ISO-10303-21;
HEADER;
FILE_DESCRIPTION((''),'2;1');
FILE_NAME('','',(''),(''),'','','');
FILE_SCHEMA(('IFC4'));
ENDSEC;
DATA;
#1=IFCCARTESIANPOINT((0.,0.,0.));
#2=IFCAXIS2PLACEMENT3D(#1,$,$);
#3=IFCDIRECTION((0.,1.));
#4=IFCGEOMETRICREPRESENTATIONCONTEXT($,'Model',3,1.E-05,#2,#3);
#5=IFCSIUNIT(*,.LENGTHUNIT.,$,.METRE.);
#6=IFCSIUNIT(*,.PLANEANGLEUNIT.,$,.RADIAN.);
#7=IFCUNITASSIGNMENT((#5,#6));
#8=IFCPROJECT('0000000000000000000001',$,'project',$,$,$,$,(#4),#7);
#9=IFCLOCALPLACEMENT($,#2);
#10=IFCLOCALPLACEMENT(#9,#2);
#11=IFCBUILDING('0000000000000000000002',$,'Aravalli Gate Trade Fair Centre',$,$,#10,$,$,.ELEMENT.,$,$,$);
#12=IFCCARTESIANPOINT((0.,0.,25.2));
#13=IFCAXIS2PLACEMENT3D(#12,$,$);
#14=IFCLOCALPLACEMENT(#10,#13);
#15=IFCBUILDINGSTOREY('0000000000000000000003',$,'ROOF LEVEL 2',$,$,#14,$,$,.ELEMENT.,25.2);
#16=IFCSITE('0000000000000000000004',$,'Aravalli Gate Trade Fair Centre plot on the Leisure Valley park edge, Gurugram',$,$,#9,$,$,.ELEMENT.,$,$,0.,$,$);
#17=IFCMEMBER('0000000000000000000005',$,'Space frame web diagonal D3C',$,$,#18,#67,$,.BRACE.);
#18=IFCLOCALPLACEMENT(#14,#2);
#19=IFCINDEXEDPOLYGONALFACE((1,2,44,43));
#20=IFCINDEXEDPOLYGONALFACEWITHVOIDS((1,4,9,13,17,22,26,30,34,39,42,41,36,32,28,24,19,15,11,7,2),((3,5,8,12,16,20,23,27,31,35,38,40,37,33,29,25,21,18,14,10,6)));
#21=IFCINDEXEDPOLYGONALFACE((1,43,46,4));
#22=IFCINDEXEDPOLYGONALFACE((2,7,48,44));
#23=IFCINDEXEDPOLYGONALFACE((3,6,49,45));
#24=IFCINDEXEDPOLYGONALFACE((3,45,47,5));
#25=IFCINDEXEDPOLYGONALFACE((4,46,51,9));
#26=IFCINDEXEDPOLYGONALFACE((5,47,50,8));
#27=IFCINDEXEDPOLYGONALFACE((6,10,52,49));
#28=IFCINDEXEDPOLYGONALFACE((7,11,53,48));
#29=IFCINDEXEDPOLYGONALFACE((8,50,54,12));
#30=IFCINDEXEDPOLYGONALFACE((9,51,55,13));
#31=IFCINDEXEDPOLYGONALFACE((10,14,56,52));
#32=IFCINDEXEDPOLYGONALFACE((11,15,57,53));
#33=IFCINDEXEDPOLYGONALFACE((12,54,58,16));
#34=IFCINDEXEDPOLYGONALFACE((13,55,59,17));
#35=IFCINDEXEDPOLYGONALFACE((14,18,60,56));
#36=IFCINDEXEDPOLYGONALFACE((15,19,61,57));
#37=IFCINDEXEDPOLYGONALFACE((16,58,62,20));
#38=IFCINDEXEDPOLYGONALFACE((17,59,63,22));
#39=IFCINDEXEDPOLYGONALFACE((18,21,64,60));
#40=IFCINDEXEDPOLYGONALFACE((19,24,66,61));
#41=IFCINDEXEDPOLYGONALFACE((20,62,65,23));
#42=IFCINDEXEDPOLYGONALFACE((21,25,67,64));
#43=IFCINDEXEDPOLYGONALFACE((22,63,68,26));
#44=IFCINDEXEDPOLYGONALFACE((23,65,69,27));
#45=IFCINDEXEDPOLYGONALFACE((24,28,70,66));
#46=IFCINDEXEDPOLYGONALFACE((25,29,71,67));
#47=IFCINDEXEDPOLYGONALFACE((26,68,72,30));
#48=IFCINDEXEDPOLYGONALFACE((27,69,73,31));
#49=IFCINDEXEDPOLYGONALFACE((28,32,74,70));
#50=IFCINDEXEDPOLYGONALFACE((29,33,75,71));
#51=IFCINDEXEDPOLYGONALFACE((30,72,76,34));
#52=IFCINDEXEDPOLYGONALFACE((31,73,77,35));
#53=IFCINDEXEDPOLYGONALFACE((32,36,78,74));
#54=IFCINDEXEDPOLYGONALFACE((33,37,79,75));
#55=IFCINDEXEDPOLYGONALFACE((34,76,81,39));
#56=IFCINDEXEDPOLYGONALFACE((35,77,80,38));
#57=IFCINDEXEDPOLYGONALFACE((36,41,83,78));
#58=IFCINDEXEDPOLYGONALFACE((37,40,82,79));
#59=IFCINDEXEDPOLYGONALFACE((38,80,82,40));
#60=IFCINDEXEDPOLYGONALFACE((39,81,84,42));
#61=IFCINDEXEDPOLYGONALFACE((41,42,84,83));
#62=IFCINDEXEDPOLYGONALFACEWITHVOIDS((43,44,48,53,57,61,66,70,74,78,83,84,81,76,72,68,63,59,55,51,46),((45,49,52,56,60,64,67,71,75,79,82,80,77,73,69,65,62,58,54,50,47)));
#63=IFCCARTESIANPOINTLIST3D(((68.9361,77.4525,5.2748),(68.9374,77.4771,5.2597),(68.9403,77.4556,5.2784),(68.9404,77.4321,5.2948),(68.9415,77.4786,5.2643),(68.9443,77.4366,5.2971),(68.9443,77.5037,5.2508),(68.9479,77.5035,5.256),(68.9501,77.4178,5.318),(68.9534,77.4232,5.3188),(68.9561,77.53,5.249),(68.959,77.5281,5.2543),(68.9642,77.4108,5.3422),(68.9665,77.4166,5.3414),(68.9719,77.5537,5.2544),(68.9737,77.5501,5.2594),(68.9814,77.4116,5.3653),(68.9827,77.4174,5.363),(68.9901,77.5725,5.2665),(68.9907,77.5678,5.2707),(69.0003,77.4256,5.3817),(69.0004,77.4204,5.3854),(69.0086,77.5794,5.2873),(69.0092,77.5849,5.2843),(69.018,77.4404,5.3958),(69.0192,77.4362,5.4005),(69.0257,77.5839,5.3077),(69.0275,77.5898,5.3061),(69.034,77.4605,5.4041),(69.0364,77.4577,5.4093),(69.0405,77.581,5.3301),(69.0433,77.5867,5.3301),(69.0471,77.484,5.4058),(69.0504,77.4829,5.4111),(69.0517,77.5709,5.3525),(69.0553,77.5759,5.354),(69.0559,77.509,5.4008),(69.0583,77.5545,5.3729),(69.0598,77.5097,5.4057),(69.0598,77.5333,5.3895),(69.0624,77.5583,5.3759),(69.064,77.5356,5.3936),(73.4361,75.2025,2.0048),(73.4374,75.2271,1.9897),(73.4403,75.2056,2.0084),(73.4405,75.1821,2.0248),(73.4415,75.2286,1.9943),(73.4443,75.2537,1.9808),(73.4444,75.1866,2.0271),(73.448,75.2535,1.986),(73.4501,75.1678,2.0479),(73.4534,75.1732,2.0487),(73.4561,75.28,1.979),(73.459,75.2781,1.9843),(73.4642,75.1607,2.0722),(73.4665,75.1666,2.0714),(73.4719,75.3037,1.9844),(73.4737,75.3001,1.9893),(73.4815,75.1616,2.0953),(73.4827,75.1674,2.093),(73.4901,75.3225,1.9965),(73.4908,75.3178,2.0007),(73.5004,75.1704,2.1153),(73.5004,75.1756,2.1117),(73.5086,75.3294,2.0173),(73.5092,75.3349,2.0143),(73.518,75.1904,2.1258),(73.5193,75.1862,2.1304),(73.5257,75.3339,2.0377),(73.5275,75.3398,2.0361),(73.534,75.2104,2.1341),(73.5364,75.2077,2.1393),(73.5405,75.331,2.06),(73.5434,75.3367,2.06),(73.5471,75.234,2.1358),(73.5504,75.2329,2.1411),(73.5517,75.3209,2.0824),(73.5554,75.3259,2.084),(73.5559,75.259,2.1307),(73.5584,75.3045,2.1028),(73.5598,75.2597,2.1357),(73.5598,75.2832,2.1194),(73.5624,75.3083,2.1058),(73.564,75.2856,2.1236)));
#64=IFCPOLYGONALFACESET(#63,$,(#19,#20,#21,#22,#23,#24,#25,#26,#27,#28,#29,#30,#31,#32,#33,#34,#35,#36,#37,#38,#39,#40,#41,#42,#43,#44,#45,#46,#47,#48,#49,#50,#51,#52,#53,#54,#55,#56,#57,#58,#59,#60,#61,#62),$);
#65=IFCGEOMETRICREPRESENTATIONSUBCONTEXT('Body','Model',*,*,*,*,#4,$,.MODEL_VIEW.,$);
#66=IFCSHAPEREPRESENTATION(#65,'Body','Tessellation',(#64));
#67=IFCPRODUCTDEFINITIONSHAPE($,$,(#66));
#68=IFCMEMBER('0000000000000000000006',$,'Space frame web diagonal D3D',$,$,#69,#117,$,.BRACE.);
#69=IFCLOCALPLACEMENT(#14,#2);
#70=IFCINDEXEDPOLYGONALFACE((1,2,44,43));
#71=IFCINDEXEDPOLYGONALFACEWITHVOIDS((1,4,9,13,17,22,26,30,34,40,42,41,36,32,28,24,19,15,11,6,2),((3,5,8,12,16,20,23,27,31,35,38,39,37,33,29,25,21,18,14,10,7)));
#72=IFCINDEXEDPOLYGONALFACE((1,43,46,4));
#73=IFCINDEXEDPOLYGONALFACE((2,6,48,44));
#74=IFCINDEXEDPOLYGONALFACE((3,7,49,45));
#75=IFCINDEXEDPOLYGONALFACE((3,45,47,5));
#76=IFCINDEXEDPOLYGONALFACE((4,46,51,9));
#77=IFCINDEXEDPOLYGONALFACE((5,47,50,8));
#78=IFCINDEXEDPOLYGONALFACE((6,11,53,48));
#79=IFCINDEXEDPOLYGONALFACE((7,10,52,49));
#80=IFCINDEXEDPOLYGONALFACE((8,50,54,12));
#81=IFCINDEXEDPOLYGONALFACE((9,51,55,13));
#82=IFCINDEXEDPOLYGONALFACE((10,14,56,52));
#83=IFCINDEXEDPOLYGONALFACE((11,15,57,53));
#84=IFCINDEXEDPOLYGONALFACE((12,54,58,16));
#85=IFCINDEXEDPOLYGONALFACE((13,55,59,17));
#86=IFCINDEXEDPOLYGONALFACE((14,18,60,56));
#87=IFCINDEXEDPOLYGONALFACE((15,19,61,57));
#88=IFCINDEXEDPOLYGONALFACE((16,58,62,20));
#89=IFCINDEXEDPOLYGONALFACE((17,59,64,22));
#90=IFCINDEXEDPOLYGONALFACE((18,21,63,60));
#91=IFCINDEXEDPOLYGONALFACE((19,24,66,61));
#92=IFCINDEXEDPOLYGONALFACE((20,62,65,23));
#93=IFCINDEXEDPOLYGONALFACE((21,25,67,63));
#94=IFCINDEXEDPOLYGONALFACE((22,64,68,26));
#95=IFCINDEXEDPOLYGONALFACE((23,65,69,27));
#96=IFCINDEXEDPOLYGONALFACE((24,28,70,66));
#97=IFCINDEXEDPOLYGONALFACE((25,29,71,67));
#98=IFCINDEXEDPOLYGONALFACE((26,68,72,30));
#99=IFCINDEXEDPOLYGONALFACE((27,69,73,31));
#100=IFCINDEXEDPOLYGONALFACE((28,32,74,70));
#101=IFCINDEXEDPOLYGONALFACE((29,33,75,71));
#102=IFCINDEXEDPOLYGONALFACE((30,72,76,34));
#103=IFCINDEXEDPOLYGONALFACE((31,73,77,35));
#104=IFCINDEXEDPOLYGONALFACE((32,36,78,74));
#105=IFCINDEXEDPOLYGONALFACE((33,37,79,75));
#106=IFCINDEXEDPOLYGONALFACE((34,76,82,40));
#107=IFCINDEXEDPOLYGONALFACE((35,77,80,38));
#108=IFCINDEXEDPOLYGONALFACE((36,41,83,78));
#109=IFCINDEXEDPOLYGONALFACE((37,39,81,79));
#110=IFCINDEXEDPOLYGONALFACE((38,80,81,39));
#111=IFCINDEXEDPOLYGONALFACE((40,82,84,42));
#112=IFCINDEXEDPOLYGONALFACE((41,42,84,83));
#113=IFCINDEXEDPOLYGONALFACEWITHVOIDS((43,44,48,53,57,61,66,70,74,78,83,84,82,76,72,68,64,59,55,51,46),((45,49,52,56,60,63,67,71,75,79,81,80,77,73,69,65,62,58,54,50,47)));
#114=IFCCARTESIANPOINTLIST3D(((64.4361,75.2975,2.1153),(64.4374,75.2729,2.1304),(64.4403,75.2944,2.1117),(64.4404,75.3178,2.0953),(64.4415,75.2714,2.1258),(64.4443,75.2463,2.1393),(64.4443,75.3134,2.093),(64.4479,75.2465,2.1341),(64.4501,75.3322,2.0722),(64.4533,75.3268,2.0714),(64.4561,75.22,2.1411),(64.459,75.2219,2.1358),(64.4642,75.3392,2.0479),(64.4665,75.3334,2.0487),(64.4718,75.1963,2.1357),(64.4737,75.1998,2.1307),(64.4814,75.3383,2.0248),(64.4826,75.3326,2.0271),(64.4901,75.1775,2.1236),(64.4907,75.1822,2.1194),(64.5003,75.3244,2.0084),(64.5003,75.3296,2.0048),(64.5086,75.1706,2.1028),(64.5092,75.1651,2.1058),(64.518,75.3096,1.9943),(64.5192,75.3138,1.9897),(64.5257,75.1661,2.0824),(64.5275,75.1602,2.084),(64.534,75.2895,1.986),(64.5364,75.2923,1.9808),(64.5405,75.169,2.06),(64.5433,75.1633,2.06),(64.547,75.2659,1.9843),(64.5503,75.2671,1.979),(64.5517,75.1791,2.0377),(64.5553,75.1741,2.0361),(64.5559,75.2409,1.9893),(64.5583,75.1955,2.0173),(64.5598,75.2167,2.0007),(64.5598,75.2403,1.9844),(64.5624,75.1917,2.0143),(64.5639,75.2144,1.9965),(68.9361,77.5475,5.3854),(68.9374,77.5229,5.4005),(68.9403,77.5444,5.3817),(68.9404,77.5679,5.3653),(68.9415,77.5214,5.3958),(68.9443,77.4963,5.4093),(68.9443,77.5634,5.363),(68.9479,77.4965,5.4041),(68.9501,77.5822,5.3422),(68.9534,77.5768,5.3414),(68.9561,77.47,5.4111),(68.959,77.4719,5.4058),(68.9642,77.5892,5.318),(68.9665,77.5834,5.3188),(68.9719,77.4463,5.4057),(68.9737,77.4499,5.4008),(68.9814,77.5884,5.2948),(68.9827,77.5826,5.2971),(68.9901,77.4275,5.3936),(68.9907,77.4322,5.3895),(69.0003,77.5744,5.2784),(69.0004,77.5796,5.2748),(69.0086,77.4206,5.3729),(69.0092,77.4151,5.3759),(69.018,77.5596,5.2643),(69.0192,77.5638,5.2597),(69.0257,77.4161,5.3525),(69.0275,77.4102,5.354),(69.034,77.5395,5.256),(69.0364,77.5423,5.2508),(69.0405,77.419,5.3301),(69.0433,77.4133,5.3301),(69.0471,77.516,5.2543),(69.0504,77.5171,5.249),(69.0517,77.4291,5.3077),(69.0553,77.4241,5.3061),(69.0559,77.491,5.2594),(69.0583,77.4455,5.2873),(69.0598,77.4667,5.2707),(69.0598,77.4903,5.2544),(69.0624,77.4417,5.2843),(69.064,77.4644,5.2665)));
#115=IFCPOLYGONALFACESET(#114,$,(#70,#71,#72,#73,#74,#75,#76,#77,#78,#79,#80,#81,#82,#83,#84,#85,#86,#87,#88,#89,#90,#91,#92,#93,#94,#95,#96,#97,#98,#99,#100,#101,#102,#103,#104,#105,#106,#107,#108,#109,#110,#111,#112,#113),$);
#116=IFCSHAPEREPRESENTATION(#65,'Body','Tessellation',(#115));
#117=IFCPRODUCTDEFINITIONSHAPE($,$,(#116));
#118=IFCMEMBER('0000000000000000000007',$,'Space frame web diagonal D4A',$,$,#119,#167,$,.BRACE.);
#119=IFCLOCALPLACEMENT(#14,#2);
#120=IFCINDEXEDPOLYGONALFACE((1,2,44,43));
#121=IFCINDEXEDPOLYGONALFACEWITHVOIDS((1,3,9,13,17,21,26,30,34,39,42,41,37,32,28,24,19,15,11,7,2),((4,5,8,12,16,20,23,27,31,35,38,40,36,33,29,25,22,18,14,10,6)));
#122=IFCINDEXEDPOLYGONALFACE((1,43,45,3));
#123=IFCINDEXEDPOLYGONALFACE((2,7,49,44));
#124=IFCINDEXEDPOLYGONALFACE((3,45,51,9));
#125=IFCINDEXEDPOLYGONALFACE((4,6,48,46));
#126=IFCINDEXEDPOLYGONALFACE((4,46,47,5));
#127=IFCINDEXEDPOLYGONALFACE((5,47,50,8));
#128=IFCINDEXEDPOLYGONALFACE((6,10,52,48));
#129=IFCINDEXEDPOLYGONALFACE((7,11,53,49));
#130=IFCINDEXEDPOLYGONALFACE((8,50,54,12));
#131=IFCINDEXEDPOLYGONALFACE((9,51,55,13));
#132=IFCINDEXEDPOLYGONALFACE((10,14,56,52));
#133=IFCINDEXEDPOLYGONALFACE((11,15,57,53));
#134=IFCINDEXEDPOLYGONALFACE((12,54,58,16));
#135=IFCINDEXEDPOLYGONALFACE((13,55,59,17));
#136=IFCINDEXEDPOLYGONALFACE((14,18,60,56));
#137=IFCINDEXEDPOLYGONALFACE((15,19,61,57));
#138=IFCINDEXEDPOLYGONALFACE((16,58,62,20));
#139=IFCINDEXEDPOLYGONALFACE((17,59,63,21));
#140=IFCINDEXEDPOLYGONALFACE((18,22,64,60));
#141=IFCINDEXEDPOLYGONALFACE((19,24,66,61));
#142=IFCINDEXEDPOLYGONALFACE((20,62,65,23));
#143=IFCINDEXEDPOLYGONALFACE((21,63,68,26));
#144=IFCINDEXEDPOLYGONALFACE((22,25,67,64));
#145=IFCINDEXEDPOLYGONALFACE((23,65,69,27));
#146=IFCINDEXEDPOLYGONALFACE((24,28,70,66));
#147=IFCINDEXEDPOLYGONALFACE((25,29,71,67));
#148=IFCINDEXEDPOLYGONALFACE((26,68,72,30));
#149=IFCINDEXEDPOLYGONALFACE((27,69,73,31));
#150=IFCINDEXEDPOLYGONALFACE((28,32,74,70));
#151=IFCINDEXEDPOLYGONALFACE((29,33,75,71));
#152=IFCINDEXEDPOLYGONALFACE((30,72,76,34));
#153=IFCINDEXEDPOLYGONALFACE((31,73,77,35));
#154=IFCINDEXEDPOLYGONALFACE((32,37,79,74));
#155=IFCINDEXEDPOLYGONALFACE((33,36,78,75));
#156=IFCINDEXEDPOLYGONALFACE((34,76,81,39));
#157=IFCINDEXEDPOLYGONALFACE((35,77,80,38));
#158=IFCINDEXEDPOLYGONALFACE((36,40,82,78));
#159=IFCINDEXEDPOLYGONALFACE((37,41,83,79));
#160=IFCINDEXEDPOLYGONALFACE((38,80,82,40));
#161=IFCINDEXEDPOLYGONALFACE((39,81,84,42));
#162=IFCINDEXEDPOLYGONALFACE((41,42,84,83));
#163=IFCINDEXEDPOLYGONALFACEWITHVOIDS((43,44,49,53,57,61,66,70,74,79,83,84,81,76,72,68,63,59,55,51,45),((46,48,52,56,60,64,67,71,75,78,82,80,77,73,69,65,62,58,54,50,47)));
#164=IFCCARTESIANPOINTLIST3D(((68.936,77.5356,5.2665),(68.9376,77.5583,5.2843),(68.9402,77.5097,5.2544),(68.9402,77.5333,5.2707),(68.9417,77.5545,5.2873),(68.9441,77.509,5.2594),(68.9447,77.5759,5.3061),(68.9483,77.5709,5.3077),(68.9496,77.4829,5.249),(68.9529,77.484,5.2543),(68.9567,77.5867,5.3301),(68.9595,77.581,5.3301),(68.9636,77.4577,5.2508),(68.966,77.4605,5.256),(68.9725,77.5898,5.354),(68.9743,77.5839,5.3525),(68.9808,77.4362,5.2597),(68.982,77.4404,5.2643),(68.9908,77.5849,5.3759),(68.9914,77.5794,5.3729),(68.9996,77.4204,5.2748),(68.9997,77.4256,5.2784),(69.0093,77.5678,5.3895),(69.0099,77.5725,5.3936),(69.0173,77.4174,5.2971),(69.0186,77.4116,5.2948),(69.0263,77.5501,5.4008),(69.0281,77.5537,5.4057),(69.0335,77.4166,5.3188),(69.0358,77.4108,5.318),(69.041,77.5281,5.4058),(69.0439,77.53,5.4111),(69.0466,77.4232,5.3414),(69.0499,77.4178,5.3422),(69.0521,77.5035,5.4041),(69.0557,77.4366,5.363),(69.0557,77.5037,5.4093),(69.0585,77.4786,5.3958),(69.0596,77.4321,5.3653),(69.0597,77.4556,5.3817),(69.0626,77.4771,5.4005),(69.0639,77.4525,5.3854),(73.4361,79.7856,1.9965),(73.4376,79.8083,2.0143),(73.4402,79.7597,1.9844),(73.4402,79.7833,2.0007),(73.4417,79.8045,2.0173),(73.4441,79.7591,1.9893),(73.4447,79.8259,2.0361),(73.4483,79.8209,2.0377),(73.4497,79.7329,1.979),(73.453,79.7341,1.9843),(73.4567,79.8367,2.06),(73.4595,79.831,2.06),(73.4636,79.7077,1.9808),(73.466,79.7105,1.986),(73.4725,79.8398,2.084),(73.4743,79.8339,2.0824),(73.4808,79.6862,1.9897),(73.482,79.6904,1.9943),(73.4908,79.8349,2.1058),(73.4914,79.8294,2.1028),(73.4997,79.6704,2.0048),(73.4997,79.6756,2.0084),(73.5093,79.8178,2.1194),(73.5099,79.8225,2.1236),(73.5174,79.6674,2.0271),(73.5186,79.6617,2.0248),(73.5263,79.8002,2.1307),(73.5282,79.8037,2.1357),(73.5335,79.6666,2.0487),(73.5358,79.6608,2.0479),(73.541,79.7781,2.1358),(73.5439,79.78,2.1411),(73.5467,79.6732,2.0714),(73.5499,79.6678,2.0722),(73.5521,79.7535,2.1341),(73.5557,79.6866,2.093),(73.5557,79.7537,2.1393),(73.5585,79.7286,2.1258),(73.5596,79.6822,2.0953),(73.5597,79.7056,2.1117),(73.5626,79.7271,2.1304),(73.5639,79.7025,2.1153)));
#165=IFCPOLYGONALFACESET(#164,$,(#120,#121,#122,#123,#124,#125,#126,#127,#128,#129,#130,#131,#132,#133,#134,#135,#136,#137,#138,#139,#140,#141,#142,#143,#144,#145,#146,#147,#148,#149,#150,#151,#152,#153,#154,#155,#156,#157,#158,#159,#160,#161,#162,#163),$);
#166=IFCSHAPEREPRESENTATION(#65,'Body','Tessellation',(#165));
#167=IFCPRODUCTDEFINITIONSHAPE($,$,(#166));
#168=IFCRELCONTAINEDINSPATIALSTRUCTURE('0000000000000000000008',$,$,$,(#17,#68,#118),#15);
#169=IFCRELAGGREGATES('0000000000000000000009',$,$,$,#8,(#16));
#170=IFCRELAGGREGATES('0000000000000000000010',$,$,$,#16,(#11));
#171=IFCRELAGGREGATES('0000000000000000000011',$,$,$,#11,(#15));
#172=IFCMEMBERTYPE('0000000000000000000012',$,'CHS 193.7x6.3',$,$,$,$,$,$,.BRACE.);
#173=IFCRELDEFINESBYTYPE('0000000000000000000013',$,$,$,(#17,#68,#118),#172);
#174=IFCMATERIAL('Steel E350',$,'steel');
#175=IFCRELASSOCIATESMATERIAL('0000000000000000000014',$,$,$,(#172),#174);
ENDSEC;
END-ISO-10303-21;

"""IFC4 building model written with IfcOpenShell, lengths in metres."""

from ifc_helpers import new_model, si_unit, direction, frame, origin, origin_2d, place, context, subcontext, project, spatial, hollow_circle, extrude, material, material_profile, profile_set, type_object, element, save


model = new_model("IFC4")

# Units and contexts
model_context = context("Model", 3, precision=1e-05, world=origin(), true_north=direction((0.0, 1.0)))
body_context = subcontext(model_context, "Body", "Model", "MODEL_VIEW")
ifc_project = project(units=[si_unit("LENGTHUNIT", "METRE"), si_unit("PLANEANGLEUNIT", "RADIAN")], contexts=[model_context])

# Site, building, storey
site_placement = place(None, origin())
site = spatial("IfcSite", under=ifc_project, at=site_placement, Name="Aravalli Gate Trade Fair Centre plot on the Leisure Valley park edge, Gurugram", CompositionType="ELEMENT", RefElevation=0.0)
building_placement = place(site_placement, origin())
building = spatial("IfcBuilding", under=site, at=building_placement, Name="Aravalli Gate Trade Fair Centre", CompositionType="ELEMENT")
storey_placement = place(building_placement, frame((0.0, 0.0, 25.2)))
storey = spatial("IfcBuildingStorey", under=building, at=storey_placement, Name="ROOF LEVEL 2", CompositionType="ELEMENT", Elevation=25.2)

# Members
ifc_material_1 = material(Name="Steel E350", Category="steel")
ifc_material_profile_1 = material_profile(ifc_material_1, hollow_circle(Radius=0.0969, WallThickness=0.0063, at=origin_2d()), Name="CHS 193.7x6.3")
ifc_profile_set_1 = profile_set([ifc_material_profile_1], Name="Steel E350")
member_type_1 = type_object("IfcMemberType", Name="CHS 193.7x6.3", PredefinedType="BRACE", material=ifc_profile_set_1)
for number, where, z_axis, x_axis, name in (
    (1, (69.0, 77.5, 5.3301), (0.749942, -0.374971, -0.544961), (0.447214, 0.894427, 0.0), "Space frame web diagonal D3C"),
    (2, (69.0, 77.5, 5.3301), (-0.749942, -0.374971, -0.544961), (0.447214, -0.894427, 0.0), "Space frame web diagonal D3D"),
    (3, (69.0, 77.5, 5.3301), (0.749942, 0.374971, -0.544961), (-0.447214, 0.894427, 0.0), "Space frame web diagonal D4A"),
):
    element("IfcMember", number, at=place(storey_placement, frame(where, z_axis=z_axis, x_axis=x_axis)), inside=storey, type_object=member_type_1, Name=name, PredefinedType="BRACE", context=body_context, shape_type="SweptSolid", body=[
        extrude(hollow_circle(Radius=0.0969, WallThickness=0.0063, at=origin_2d()), origin(), (0.0, 0.0, 1.0), 6.0005),
    ])

save(model, "model.ifc")
